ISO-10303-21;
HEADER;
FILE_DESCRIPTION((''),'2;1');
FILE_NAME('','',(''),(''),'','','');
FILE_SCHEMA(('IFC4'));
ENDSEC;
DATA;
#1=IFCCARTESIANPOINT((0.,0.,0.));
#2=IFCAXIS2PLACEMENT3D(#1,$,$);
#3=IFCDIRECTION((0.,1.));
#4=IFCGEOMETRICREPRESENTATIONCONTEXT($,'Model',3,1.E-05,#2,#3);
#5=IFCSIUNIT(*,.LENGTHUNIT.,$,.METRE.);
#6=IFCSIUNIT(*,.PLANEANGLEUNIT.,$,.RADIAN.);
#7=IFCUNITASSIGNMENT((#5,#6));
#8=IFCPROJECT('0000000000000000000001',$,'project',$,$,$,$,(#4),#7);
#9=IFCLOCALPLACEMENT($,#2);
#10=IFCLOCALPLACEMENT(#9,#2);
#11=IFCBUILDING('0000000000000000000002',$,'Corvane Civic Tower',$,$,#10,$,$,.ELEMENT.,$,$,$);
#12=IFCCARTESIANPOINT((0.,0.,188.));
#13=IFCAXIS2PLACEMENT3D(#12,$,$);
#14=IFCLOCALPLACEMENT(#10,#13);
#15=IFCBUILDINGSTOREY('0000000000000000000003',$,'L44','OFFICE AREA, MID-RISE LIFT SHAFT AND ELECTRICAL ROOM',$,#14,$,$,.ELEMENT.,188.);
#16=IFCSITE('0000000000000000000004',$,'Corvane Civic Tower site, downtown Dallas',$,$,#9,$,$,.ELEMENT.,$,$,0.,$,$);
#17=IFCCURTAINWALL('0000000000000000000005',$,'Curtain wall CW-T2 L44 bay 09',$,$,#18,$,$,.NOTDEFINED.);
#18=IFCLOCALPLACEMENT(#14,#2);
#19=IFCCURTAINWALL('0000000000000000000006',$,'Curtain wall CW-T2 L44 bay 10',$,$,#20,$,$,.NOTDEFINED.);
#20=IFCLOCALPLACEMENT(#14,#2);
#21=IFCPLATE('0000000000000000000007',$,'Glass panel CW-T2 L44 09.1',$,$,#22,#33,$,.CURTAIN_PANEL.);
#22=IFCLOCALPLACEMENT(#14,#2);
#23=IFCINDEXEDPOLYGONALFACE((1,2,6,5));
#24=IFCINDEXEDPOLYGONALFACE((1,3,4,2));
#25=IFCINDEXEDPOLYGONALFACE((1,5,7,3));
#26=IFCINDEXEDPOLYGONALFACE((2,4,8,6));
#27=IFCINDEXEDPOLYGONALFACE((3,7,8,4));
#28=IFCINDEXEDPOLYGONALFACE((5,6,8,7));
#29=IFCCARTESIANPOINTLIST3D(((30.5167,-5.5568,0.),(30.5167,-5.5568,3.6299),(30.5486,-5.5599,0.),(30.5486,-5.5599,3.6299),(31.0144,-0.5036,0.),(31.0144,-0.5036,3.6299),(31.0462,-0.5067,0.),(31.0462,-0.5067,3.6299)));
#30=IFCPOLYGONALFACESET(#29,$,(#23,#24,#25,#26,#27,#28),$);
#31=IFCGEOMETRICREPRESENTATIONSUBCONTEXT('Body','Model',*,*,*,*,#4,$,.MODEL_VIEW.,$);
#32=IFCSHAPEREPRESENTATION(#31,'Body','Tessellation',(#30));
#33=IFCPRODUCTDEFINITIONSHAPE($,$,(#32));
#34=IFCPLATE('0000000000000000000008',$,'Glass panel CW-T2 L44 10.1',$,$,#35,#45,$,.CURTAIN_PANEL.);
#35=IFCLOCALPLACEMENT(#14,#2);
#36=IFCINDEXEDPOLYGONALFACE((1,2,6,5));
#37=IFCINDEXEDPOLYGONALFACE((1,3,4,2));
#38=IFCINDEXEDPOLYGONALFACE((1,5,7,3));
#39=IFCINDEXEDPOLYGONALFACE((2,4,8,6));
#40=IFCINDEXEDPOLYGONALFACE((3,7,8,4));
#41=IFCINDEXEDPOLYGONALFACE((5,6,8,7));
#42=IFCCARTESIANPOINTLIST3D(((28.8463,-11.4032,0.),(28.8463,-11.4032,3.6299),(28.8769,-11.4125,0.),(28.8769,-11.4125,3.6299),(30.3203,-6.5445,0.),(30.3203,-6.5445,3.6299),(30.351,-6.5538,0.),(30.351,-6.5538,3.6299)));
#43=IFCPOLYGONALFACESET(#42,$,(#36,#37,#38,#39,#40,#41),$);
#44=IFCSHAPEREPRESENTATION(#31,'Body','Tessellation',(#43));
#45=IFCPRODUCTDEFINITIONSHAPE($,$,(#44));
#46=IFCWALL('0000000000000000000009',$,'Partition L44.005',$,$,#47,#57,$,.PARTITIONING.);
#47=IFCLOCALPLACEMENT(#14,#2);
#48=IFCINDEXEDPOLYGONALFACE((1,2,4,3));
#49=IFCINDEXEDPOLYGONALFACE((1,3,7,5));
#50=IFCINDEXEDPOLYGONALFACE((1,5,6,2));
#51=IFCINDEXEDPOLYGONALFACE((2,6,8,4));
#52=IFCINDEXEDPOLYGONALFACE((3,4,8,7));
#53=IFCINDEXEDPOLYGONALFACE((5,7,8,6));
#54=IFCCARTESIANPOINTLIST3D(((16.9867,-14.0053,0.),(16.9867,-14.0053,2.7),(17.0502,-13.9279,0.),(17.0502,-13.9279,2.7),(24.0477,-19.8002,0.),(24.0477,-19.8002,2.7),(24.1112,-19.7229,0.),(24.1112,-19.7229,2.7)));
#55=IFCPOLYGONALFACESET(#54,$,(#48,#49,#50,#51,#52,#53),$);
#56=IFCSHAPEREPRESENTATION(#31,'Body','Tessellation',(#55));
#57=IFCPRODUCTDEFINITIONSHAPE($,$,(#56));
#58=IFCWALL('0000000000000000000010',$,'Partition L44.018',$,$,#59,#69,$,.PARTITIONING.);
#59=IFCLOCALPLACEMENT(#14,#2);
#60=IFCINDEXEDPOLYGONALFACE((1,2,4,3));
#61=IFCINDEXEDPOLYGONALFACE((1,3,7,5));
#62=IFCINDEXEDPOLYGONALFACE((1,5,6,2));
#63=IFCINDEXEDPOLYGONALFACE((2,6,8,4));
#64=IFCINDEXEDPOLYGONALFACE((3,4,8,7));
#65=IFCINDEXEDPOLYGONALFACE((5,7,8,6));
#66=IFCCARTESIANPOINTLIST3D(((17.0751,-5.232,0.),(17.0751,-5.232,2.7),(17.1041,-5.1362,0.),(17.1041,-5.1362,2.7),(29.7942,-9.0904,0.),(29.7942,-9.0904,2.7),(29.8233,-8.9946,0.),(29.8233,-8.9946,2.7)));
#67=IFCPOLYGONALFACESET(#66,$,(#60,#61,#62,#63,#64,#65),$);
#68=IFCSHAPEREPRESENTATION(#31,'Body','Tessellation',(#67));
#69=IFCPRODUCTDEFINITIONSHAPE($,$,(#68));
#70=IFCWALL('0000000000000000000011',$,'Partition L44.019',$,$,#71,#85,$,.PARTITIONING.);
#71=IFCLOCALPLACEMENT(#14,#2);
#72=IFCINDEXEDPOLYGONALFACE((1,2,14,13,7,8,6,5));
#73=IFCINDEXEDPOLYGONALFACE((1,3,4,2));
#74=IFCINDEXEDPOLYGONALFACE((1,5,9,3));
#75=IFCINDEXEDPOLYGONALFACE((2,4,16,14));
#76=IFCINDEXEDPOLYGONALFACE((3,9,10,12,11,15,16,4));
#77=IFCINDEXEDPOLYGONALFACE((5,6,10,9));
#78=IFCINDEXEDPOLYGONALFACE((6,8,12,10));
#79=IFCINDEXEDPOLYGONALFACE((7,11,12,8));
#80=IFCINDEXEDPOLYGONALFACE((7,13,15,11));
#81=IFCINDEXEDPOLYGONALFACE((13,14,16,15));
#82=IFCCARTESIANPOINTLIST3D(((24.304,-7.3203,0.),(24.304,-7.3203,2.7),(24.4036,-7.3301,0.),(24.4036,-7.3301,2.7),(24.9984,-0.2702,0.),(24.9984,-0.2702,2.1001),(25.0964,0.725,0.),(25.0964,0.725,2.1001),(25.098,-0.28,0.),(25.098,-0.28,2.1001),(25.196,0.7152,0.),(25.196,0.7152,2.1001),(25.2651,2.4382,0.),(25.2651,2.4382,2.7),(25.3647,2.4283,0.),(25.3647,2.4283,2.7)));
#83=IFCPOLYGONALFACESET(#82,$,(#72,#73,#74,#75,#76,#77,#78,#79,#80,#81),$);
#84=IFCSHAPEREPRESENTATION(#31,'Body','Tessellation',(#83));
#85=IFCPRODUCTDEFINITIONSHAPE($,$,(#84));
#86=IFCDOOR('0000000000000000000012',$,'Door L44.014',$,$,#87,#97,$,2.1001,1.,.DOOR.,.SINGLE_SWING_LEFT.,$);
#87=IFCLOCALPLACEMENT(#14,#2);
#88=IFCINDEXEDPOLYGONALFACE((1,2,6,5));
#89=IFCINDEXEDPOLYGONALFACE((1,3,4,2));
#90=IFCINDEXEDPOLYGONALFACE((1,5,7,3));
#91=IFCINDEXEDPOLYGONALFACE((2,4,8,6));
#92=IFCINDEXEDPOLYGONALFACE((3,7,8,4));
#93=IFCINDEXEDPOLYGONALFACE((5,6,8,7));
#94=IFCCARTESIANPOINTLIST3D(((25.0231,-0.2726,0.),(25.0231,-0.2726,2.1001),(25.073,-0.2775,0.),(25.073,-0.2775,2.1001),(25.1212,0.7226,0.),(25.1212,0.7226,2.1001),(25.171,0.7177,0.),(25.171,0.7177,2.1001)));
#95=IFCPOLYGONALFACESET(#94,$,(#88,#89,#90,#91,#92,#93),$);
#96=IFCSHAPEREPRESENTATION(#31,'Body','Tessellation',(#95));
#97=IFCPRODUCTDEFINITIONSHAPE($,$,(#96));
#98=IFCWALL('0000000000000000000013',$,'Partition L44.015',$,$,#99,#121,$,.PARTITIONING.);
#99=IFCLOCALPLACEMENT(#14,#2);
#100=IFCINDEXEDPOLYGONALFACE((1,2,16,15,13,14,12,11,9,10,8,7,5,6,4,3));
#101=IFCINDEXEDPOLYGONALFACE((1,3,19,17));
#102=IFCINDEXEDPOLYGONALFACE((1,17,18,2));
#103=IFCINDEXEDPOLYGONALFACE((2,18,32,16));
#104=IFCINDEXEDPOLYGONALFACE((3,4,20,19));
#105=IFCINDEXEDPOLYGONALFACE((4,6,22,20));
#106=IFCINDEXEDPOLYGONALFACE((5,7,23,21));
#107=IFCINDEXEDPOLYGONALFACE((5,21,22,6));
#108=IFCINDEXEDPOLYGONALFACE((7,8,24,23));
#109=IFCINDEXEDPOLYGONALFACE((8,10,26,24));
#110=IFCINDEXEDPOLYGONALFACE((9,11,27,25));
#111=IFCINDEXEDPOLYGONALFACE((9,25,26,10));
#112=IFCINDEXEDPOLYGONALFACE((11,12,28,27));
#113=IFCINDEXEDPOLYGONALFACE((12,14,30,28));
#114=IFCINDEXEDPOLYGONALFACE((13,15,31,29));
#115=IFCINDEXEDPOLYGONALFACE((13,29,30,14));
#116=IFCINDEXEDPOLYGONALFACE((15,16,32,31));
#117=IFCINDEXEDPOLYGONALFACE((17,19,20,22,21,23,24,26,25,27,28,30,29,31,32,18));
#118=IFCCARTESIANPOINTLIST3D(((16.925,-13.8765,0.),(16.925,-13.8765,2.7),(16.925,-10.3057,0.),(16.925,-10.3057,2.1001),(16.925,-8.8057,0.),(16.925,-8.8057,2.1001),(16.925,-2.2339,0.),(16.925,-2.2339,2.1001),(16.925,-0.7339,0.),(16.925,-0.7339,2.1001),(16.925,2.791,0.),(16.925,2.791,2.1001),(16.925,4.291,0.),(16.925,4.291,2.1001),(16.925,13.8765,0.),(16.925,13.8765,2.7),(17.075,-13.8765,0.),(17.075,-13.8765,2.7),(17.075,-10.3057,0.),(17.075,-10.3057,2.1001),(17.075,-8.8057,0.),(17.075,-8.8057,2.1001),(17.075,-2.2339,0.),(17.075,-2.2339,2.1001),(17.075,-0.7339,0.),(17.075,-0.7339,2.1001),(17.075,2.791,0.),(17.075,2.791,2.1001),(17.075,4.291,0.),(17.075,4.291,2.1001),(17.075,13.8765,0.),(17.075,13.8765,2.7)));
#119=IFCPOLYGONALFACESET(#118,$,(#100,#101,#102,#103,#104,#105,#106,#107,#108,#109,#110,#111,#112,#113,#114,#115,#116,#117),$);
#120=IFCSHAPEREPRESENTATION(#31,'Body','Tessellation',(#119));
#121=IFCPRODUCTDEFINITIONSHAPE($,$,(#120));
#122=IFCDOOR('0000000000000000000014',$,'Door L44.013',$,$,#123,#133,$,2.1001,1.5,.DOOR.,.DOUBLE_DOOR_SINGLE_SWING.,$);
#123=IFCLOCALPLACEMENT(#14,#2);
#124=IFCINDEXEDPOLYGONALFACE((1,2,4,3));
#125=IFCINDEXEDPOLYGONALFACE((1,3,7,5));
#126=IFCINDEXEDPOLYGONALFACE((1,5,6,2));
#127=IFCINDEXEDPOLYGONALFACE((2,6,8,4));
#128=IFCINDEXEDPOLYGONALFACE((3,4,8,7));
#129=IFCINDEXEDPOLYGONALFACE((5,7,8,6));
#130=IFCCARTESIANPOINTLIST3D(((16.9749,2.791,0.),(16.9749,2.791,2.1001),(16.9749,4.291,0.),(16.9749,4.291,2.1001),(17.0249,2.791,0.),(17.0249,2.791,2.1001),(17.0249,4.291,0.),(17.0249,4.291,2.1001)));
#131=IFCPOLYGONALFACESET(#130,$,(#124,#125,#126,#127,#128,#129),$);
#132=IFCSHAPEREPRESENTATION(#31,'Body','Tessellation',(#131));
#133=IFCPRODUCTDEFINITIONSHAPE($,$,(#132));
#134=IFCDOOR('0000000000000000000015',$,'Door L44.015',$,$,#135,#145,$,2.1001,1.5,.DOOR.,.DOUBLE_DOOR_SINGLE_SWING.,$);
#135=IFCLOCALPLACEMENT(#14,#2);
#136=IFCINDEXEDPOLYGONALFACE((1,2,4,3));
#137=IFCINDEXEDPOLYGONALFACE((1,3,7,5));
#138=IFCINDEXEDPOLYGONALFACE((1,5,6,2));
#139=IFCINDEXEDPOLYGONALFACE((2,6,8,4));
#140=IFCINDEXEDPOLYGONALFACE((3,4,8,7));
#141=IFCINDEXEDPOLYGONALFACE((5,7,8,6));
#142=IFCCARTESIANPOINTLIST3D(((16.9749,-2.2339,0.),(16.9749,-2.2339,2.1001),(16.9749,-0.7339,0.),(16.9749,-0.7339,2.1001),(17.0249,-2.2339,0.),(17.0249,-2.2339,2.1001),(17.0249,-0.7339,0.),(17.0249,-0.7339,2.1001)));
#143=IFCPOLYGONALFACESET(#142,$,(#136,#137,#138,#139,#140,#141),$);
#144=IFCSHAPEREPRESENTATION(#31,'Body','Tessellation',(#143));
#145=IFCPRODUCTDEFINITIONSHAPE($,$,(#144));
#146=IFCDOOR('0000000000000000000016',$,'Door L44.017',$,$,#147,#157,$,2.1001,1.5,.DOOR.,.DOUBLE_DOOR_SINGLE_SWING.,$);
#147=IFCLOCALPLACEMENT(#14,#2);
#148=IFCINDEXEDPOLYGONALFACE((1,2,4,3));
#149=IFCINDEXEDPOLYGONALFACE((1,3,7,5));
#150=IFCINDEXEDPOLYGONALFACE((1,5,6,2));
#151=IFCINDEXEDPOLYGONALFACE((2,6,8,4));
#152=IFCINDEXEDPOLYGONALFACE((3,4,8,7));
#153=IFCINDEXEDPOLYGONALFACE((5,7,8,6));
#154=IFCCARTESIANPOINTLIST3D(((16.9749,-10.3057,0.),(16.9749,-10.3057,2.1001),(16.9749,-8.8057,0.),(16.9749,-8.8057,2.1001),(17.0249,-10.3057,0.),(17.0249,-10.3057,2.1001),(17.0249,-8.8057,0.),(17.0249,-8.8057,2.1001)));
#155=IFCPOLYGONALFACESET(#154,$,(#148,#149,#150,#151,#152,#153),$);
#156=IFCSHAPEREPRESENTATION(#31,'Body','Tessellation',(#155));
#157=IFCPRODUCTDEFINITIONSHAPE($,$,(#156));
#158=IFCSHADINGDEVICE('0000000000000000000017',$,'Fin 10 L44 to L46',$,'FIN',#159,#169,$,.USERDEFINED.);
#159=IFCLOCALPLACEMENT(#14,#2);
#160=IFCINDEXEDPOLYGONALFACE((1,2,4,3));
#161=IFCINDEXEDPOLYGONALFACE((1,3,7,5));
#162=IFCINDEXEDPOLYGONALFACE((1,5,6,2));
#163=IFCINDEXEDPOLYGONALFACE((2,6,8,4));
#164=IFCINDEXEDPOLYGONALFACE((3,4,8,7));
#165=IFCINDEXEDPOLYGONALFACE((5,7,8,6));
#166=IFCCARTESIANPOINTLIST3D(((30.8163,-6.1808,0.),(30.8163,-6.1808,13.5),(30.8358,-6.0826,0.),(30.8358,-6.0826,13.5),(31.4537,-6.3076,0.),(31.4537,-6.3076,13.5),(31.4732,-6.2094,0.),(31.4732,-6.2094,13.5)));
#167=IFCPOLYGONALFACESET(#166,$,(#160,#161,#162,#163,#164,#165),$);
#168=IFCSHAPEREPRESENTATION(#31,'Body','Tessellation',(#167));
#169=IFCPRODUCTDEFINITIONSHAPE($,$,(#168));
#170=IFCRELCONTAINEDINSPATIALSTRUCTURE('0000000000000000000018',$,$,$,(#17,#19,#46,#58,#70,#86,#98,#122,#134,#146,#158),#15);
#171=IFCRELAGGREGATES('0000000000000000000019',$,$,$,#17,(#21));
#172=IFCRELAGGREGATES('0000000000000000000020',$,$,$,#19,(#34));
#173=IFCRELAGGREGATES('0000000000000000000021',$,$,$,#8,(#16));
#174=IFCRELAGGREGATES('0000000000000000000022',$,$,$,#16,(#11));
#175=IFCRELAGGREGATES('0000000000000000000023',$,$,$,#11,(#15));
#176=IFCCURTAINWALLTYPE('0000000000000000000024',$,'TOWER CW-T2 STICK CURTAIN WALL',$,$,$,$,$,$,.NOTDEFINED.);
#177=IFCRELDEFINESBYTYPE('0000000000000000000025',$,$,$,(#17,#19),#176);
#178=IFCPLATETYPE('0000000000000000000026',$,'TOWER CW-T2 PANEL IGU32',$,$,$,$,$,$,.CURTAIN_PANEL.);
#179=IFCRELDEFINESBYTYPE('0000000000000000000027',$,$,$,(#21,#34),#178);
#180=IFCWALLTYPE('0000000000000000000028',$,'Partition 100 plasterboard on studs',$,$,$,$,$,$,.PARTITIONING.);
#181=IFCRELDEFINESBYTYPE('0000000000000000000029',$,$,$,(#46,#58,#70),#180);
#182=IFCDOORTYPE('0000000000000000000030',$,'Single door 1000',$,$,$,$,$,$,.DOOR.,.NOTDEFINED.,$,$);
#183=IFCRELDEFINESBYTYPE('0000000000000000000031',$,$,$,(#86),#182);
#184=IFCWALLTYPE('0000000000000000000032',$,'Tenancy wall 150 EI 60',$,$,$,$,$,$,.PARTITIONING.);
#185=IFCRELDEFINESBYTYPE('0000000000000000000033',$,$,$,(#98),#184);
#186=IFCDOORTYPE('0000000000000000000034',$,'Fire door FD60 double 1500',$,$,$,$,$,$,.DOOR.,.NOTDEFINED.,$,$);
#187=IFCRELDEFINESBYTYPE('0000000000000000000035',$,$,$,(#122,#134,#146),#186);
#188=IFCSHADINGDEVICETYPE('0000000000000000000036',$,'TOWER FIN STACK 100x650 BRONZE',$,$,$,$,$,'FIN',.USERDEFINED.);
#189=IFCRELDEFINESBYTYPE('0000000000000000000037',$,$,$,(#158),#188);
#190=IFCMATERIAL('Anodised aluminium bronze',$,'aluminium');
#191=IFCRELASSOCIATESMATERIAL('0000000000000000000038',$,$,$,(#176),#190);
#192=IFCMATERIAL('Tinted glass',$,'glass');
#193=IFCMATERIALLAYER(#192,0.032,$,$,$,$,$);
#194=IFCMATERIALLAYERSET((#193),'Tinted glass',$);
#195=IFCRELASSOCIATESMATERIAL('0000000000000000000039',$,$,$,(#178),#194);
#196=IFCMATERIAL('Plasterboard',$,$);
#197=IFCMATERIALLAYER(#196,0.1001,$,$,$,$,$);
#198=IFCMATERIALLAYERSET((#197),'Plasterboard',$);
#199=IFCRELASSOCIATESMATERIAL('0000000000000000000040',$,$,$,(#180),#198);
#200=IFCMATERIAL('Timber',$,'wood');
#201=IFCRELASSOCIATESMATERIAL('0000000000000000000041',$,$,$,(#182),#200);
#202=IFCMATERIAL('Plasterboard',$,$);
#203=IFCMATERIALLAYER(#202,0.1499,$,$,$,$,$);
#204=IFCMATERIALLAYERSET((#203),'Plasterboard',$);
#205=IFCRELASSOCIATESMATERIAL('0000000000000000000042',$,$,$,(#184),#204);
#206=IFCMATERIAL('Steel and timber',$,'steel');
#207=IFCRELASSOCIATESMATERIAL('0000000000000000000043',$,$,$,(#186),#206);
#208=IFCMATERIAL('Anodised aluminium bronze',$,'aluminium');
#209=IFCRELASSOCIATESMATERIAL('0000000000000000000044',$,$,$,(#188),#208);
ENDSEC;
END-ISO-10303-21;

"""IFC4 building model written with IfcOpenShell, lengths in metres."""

from ifc_helpers import new_model, si_unit, direction, frame, frame_2d, origin, origin_2d, place, context, subcontext, project, spatial, rectangle, extrude, material, layer, layer_set, material_profile, profile_set, type_object, element, fill, aggregate, save


model = new_model("IFC4")

# Units and contexts
model_context = context("Model", 3, precision=1e-05, world=origin(), true_north=direction((0.0, 1.0)))
body_context = subcontext(model_context, "Body", "Model", "MODEL_VIEW")
ifc_project = project(units=[si_unit("LENGTHUNIT", "METRE"), si_unit("PLANEANGLEUNIT", "RADIAN")], contexts=[model_context])

# Site, building, storey
site_placement = place(None, origin())
site = spatial("IfcSite", under=ifc_project, at=site_placement, Name="Corvane Civic Tower site, downtown Dallas", CompositionType="ELEMENT", RefElevation=0.0)
building_placement = place(site_placement, origin())
building = spatial("IfcBuilding", under=site, at=building_placement, Name="Corvane Civic Tower", CompositionType="ELEMENT")
storey_placement = place(building_placement, frame((0.0, 0.0, 188.0)))
storey = spatial("IfcBuildingStorey", under=building, at=storey_placement, Name="L44", Description="OFFICE AREA, MID-RISE LIFT SHAFT AND ELECTRICAL ROOM", CompositionType="ELEMENT", Elevation=188.0)

# Curtain walls
ifc_material_1 = material(Name="Anodised aluminium bronze", Category="aluminium")
curtain_wall_type = type_object("IfcCurtainWallType", Name="TOWER CW-T2 STICK CURTAIN WALL", PredefinedType="NOTDEFINED", material=ifc_material_1)
curtain_wall_1_placement = place(storey_placement, origin())
curtain_wall_1 = element("IfcCurtainWall", 1, at=curtain_wall_1_placement, inside=storey, type_object=curtain_wall_type, Name="Curtain wall CW-T2 L44 bay 09", PredefinedType="NOTDEFINED")
curtain_wall_2_placement = place(storey_placement, origin())
curtain_wall_2 = element("IfcCurtainWall", 2, at=curtain_wall_2_placement, inside=storey, type_object=curtain_wall_type, Name="Curtain wall CW-T2 L44 bay 10", PredefinedType="NOTDEFINED")

# Plates
ifc_material_2 = material(Name="Tinted glass", Category="glass")
ifc_layer_1 = layer(ifc_material_2, 0.032)
ifc_layer_set_1 = layer_set([ifc_layer_1], Name="Tinted glass")
plate_type = type_object("IfcPlateType", Name="TOWER CW-T2 PANEL IGU32", PredefinedType="CURTAIN_PANEL", material=ifc_layer_set_1)
plate_1_placement = place(storey_placement, frame((30.7815, -3.0317, 0.0), z_axis=(0.0, 0.0, 1.0), x_axis=(-0.098012, -0.995185, 0.0)))
plate_1 = element("IfcPlate", 3, at=plate_1_placement, type_object=plate_type, Name="Glass panel CW-T2 L44 09.1", PredefinedType="CURTAIN_PANEL", context=body_context, shape_type="SweptSolid", body=[
    extrude(rectangle(XDim=5.0776, YDim=0.032, at=origin_2d()), origin(), (0.0, 0.0, 1.0), 3.6299),
])
aggregate(curtain_wall_1, [plate_1])
plate_2_placement = place(storey_placement, frame((29.5986, -8.9785, 0.0), z_axis=(0.0, 0.0, 1.0), x_axis=(-0.290313, -0.956932, 0.0)))
plate_2 = element("IfcPlate", 4, at=plate_2_placement, type_object=plate_type, Name="Glass panel CW-T2 L44 10.1", PredefinedType="CURTAIN_PANEL", context=body_context, shape_type="SweptSolid", body=[
    extrude(rectangle(XDim=5.0774, YDim=0.032, at=origin_2d()), origin(), (0.0, 0.0, 1.0), 3.6299),
])
aggregate(curtain_wall_2, [plate_2])

# Walls
ifc_material_3 = material(Name="Plasterboard")
ifc_layer_2 = layer(ifc_material_3, 0.1001)
ifc_layer_set_2 = layer_set([ifc_layer_2], Name="Plasterboard")
wall_type_1 = type_object("IfcWallType", Name="Partition 100 plasterboard on studs", PredefinedType="PARTITIONING", material=ifc_layer_set_2)
wall_1_placement = place(storey_placement, frame((17.0183, -13.9666, 0.0), z_axis=(0.0, 0.0, 1.0), x_axis=(0.773006, -0.634399, 0.0)))
element("IfcWall", 5, at=wall_1_placement, inside=storey, type_object=wall_type_1, Name="Partition L44.005", PredefinedType="PARTITIONING", context=body_context, shape_type="SweptSolid", body=[
    extrude(rectangle(XDim=9.1345, YDim=0.1001, at=frame_2d((4.5674, 0.0))), origin(), (0.0, 0.0, 1.0), 2.7),
])
wall_2_placement = place(storey_placement, frame((17.0896, -5.1841, 0.0), z_axis=(0.0, 0.0, 1.0), x_axis=(0.956939, -0.290289, 0.0)))
element("IfcWall", 6, at=wall_2_placement, inside=storey, type_object=wall_type_1, Name="Partition L44.018", PredefinedType="PARTITIONING", context=body_context, shape_type="SweptSolid", body=[
    extrude(rectangle(XDim=13.2915, YDim=0.1001, at=frame_2d((6.6458, 0.0))), origin(), (0.0, 0.0, 1.0), 2.7),
])

# Wall, opening, door
wall_3_placement = place(storey_placement, frame((24.3538, -7.3252, 0.0), z_axis=(0.0, 0.0, 1.0), x_axis=(0.098022, 0.995184, 0.0)))
wall_3 = element("IfcWall", 7, at=wall_3_placement, inside=storey, type_object=wall_type_1, Name="Partition L44.019", PredefinedType="PARTITIONING", context=body_context, shape_type="SweptSolid", body=[
    extrude(rectangle(XDim=9.8057, YDim=0.1001, at=frame_2d((4.9028, 0.0))), origin(), (0.0, 0.0, 1.0), 2.7),
])
opening_1_placement = place(wall_3_placement, frame((7.0842, 0.0, 0.0)))
opening_1 = element("IfcOpeningElement", 8, at=opening_1_placement, cuts=wall_3, PredefinedType="OPENING", context=body_context, shape_type="SweptSolid", body=[
    extrude(rectangle(XDim=1.0, YDim=2.1001, at=frame_2d((0.5, 1.05))), frame((0.0, 0.0601, 0.0), z_axis=(0.0, -1.0, 0.0), x_axis=(1.0, 0.0, 0.0)), (0.0, 0.0, 1.0), 0.1201),
])
ifc_material_4 = material(Name="Timber", Category="wood")
door_type_1 = type_object("IfcDoorType", Name="Single door 1000", OperationType="NOTDEFINED", PredefinedType="DOOR", material=ifc_material_4)
door_1_placement = place(opening_1_placement, frame((1.0, 0.0, 0.0), z_axis=(0.0, 0.0, 1.0), x_axis=(-1.0, 0.0, 0.0)))
door_1 = element("IfcDoor", 9, at=door_1_placement, inside=storey, type_object=door_type_1, Name="Door L44.014", OperationType="SINGLE_SWING_LEFT", OverallHeight=2.1001, OverallWidth=1.0, PredefinedType="DOOR", context=body_context, shape_type="SweptSolid", body=[
    extrude(rectangle(XDim=1.0, YDim=2.1001, at=frame_2d((0.5, 1.05))), frame((0.0, 0.0249, 0.0), z_axis=(0.0, -1.0, 0.0), x_axis=(1.0, 0.0, 0.0)), (0.0, 0.0, 1.0), 0.05),
])
fill(opening_1, door_1)

# Wall, openings, doors
ifc_material_5 = material(Name="Plasterboard")
ifc_layer_3 = layer(ifc_material_5, 0.1499)
ifc_layer_set_3 = layer_set([ifc_layer_3], Name="Plasterboard")
wall_type_2 = type_object("IfcWallType", Name="Tenancy wall 150 EI 60", PredefinedType="PARTITIONING", material=ifc_layer_set_3)
wall_4_placement = place(storey_placement, frame((17.0, -13.8765, 0.0), z_axis=(0.0, 0.0, 1.0), x_axis=(0.0, 1.0, 0.0)))
wall_4 = element("IfcWall", 10, at=wall_4_placement, inside=storey, type_object=wall_type_2, Name="Partition L44.015", PredefinedType="PARTITIONING", context=body_context, shape_type="SweptSolid", body=[
    extrude(rectangle(XDim=27.7529, YDim=0.1499, at=frame_2d((13.8765, 0.0))), origin(), (0.0, 0.0, 1.0), 2.7),
])
opening_2_placement = place(wall_4_placement, frame((16.6675, 0.0, 0.0)))
opening_2 = element("IfcOpeningElement", 11, at=opening_2_placement, cuts=wall_4, PredefinedType="OPENING", context=body_context, shape_type="SweptSolid", body=[
    extrude(rectangle(XDim=1.5, YDim=2.1001, at=frame_2d((0.75, 1.05))), frame((0.0, 0.085, 0.0), z_axis=(0.0, -1.0, 0.0), x_axis=(1.0, 0.0, 0.0)), (0.0, 0.0, 1.0), 0.1699),
])
opening_3_placement = place(wall_4_placement, frame((11.6426, 0.0, 0.0)))
opening_3 = element("IfcOpeningElement", 12, at=opening_3_placement, cuts=wall_4, PredefinedType="OPENING", context=body_context, shape_type="SweptSolid", body=[
    extrude(rectangle(XDim=1.5, YDim=2.1001, at=frame_2d((0.75, 1.05))), frame((0.0, 0.085, 0.0), z_axis=(0.0, -1.0, 0.0), x_axis=(1.0, 0.0, 0.0)), (0.0, 0.0, 1.0), 0.1699),
])
opening_4_placement = place(wall_4_placement, frame((3.5708, 0.0, 0.0)))
opening_4 = element("IfcOpeningElement", 13, at=opening_4_placement, cuts=wall_4, PredefinedType="OPENING", context=body_context, shape_type="SweptSolid", body=[
    extrude(rectangle(XDim=1.5, YDim=2.1001, at=frame_2d((0.75, 1.05))), frame((0.0, 0.085, 0.0), z_axis=(0.0, -1.0, 0.0), x_axis=(1.0, 0.0, 0.0)), (0.0, 0.0, 1.0), 0.1699),
])
ifc_material_6 = material(Name="Steel and timber", Category="steel")
door_type_2 = type_object("IfcDoorType", Name="Fire door FD60 double 1500", OperationType="NOTDEFINED", PredefinedType="DOOR", material=ifc_material_6)
door_2_placement = place(opening_2_placement, frame((1.5, 0.0, 0.0), z_axis=(0.0, 0.0, 1.0), x_axis=(-1.0, 0.0, 0.0)))
door_2 = element("IfcDoor", 14, at=door_2_placement, inside=storey, type_object=door_type_2, Name="Door L44.013", OperationType="DOUBLE_DOOR_SINGLE_SWING", OverallHeight=2.1001, OverallWidth=1.5, PredefinedType="DOOR", context=body_context, shape_type="SweptSolid", body=[
    extrude(rectangle(XDim=1.5, YDim=2.1001, at=frame_2d((0.75, 1.05))), frame((0.0, 0.0249, 0.0), z_axis=(0.0, -1.0, 0.0), x_axis=(1.0, 0.0, 0.0)), (0.0, 0.0, 1.0), 0.05),
])
fill(opening_2, door_2)
door_3_placement = place(opening_3_placement, frame((1.5, 0.0, 0.0), z_axis=(0.0, 0.0, 1.0), x_axis=(-1.0, 0.0, 0.0)))
door_3 = element("IfcDoor", 15, at=door_3_placement, inside=storey, type_object=door_type_2, Name="Door L44.015", OperationType="DOUBLE_DOOR_SINGLE_SWING", OverallHeight=2.1001, OverallWidth=1.5, PredefinedType="DOOR", context=body_context, shape_type="SweptSolid", body=[
    extrude(rectangle(XDim=1.5, YDim=2.1001, at=frame_2d((0.75, 1.05))), frame((0.0, 0.0249, 0.0), z_axis=(0.0, -1.0, 0.0), x_axis=(1.0, 0.0, 0.0)), (0.0, 0.0, 1.0), 0.05),
])
fill(opening_3, door_3)
door_4_placement = place(opening_4_placement, frame((1.5, 0.0, 0.0), z_axis=(0.0, 0.0, 1.0), x_axis=(-1.0, 0.0, 0.0)))
door_4 = element("IfcDoor", 16, at=door_4_placement, inside=storey, type_object=door_type_2, Name="Door L44.017", OperationType="DOUBLE_DOOR_SINGLE_SWING", OverallHeight=2.1001, OverallWidth=1.5, PredefinedType="DOOR", context=body_context, shape_type="SweptSolid", body=[
    extrude(rectangle(XDim=1.5, YDim=2.1001, at=frame_2d((0.75, 1.05))), frame((0.0, 0.0249, 0.0), z_axis=(0.0, -1.0, 0.0), x_axis=(1.0, 0.0, 0.0)), (0.0, 0.0, 1.0), 0.05),
])
fill(opening_4, door_4)

# Shading device
ifc_material_7 = material(Name="Anodised aluminium bronze", Category="aluminium")
ifc_material_profile_1 = material_profile(ifc_material_7, rectangle(XDim=0.1001, YDim=0.6499, at=origin_2d()), Name="TOWER FIN STACK 100x650 BRONZE")
ifc_profile_set_1 = profile_set([ifc_material_profile_1], Name="Anodised aluminium bronze")
shading_device_type = type_object("IfcShadingDeviceType", Name="TOWER FIN STACK 100x650 BRONZE", ElementType="FIN", PredefinedType="USERDEFINED", material=ifc_profile_set_1)
for number, where, z_axis, x_axis, name in (
    (17, (31.1448, -6.1951, 0.0), (0.0, 0.0, 1.0), (-0.19509, -0.980785, 0.0), "Fin 10 L44 to L46"),
):
    element("IfcShadingDevice", number, at=place(storey_placement, frame(where, z_axis=z_axis, x_axis=x_axis)), inside=storey, type_object=shading_device_type, Name=name, ObjectType="FIN", PredefinedType="USERDEFINED", context=body_context, shape_type="SweptSolid", body=[
        extrude(rectangle(XDim=0.1001, YDim=0.6499, at=origin_2d()), origin(), (0.0, 0.0, 1.0), 13.5),
    ])

save(model, "model.ifc")
